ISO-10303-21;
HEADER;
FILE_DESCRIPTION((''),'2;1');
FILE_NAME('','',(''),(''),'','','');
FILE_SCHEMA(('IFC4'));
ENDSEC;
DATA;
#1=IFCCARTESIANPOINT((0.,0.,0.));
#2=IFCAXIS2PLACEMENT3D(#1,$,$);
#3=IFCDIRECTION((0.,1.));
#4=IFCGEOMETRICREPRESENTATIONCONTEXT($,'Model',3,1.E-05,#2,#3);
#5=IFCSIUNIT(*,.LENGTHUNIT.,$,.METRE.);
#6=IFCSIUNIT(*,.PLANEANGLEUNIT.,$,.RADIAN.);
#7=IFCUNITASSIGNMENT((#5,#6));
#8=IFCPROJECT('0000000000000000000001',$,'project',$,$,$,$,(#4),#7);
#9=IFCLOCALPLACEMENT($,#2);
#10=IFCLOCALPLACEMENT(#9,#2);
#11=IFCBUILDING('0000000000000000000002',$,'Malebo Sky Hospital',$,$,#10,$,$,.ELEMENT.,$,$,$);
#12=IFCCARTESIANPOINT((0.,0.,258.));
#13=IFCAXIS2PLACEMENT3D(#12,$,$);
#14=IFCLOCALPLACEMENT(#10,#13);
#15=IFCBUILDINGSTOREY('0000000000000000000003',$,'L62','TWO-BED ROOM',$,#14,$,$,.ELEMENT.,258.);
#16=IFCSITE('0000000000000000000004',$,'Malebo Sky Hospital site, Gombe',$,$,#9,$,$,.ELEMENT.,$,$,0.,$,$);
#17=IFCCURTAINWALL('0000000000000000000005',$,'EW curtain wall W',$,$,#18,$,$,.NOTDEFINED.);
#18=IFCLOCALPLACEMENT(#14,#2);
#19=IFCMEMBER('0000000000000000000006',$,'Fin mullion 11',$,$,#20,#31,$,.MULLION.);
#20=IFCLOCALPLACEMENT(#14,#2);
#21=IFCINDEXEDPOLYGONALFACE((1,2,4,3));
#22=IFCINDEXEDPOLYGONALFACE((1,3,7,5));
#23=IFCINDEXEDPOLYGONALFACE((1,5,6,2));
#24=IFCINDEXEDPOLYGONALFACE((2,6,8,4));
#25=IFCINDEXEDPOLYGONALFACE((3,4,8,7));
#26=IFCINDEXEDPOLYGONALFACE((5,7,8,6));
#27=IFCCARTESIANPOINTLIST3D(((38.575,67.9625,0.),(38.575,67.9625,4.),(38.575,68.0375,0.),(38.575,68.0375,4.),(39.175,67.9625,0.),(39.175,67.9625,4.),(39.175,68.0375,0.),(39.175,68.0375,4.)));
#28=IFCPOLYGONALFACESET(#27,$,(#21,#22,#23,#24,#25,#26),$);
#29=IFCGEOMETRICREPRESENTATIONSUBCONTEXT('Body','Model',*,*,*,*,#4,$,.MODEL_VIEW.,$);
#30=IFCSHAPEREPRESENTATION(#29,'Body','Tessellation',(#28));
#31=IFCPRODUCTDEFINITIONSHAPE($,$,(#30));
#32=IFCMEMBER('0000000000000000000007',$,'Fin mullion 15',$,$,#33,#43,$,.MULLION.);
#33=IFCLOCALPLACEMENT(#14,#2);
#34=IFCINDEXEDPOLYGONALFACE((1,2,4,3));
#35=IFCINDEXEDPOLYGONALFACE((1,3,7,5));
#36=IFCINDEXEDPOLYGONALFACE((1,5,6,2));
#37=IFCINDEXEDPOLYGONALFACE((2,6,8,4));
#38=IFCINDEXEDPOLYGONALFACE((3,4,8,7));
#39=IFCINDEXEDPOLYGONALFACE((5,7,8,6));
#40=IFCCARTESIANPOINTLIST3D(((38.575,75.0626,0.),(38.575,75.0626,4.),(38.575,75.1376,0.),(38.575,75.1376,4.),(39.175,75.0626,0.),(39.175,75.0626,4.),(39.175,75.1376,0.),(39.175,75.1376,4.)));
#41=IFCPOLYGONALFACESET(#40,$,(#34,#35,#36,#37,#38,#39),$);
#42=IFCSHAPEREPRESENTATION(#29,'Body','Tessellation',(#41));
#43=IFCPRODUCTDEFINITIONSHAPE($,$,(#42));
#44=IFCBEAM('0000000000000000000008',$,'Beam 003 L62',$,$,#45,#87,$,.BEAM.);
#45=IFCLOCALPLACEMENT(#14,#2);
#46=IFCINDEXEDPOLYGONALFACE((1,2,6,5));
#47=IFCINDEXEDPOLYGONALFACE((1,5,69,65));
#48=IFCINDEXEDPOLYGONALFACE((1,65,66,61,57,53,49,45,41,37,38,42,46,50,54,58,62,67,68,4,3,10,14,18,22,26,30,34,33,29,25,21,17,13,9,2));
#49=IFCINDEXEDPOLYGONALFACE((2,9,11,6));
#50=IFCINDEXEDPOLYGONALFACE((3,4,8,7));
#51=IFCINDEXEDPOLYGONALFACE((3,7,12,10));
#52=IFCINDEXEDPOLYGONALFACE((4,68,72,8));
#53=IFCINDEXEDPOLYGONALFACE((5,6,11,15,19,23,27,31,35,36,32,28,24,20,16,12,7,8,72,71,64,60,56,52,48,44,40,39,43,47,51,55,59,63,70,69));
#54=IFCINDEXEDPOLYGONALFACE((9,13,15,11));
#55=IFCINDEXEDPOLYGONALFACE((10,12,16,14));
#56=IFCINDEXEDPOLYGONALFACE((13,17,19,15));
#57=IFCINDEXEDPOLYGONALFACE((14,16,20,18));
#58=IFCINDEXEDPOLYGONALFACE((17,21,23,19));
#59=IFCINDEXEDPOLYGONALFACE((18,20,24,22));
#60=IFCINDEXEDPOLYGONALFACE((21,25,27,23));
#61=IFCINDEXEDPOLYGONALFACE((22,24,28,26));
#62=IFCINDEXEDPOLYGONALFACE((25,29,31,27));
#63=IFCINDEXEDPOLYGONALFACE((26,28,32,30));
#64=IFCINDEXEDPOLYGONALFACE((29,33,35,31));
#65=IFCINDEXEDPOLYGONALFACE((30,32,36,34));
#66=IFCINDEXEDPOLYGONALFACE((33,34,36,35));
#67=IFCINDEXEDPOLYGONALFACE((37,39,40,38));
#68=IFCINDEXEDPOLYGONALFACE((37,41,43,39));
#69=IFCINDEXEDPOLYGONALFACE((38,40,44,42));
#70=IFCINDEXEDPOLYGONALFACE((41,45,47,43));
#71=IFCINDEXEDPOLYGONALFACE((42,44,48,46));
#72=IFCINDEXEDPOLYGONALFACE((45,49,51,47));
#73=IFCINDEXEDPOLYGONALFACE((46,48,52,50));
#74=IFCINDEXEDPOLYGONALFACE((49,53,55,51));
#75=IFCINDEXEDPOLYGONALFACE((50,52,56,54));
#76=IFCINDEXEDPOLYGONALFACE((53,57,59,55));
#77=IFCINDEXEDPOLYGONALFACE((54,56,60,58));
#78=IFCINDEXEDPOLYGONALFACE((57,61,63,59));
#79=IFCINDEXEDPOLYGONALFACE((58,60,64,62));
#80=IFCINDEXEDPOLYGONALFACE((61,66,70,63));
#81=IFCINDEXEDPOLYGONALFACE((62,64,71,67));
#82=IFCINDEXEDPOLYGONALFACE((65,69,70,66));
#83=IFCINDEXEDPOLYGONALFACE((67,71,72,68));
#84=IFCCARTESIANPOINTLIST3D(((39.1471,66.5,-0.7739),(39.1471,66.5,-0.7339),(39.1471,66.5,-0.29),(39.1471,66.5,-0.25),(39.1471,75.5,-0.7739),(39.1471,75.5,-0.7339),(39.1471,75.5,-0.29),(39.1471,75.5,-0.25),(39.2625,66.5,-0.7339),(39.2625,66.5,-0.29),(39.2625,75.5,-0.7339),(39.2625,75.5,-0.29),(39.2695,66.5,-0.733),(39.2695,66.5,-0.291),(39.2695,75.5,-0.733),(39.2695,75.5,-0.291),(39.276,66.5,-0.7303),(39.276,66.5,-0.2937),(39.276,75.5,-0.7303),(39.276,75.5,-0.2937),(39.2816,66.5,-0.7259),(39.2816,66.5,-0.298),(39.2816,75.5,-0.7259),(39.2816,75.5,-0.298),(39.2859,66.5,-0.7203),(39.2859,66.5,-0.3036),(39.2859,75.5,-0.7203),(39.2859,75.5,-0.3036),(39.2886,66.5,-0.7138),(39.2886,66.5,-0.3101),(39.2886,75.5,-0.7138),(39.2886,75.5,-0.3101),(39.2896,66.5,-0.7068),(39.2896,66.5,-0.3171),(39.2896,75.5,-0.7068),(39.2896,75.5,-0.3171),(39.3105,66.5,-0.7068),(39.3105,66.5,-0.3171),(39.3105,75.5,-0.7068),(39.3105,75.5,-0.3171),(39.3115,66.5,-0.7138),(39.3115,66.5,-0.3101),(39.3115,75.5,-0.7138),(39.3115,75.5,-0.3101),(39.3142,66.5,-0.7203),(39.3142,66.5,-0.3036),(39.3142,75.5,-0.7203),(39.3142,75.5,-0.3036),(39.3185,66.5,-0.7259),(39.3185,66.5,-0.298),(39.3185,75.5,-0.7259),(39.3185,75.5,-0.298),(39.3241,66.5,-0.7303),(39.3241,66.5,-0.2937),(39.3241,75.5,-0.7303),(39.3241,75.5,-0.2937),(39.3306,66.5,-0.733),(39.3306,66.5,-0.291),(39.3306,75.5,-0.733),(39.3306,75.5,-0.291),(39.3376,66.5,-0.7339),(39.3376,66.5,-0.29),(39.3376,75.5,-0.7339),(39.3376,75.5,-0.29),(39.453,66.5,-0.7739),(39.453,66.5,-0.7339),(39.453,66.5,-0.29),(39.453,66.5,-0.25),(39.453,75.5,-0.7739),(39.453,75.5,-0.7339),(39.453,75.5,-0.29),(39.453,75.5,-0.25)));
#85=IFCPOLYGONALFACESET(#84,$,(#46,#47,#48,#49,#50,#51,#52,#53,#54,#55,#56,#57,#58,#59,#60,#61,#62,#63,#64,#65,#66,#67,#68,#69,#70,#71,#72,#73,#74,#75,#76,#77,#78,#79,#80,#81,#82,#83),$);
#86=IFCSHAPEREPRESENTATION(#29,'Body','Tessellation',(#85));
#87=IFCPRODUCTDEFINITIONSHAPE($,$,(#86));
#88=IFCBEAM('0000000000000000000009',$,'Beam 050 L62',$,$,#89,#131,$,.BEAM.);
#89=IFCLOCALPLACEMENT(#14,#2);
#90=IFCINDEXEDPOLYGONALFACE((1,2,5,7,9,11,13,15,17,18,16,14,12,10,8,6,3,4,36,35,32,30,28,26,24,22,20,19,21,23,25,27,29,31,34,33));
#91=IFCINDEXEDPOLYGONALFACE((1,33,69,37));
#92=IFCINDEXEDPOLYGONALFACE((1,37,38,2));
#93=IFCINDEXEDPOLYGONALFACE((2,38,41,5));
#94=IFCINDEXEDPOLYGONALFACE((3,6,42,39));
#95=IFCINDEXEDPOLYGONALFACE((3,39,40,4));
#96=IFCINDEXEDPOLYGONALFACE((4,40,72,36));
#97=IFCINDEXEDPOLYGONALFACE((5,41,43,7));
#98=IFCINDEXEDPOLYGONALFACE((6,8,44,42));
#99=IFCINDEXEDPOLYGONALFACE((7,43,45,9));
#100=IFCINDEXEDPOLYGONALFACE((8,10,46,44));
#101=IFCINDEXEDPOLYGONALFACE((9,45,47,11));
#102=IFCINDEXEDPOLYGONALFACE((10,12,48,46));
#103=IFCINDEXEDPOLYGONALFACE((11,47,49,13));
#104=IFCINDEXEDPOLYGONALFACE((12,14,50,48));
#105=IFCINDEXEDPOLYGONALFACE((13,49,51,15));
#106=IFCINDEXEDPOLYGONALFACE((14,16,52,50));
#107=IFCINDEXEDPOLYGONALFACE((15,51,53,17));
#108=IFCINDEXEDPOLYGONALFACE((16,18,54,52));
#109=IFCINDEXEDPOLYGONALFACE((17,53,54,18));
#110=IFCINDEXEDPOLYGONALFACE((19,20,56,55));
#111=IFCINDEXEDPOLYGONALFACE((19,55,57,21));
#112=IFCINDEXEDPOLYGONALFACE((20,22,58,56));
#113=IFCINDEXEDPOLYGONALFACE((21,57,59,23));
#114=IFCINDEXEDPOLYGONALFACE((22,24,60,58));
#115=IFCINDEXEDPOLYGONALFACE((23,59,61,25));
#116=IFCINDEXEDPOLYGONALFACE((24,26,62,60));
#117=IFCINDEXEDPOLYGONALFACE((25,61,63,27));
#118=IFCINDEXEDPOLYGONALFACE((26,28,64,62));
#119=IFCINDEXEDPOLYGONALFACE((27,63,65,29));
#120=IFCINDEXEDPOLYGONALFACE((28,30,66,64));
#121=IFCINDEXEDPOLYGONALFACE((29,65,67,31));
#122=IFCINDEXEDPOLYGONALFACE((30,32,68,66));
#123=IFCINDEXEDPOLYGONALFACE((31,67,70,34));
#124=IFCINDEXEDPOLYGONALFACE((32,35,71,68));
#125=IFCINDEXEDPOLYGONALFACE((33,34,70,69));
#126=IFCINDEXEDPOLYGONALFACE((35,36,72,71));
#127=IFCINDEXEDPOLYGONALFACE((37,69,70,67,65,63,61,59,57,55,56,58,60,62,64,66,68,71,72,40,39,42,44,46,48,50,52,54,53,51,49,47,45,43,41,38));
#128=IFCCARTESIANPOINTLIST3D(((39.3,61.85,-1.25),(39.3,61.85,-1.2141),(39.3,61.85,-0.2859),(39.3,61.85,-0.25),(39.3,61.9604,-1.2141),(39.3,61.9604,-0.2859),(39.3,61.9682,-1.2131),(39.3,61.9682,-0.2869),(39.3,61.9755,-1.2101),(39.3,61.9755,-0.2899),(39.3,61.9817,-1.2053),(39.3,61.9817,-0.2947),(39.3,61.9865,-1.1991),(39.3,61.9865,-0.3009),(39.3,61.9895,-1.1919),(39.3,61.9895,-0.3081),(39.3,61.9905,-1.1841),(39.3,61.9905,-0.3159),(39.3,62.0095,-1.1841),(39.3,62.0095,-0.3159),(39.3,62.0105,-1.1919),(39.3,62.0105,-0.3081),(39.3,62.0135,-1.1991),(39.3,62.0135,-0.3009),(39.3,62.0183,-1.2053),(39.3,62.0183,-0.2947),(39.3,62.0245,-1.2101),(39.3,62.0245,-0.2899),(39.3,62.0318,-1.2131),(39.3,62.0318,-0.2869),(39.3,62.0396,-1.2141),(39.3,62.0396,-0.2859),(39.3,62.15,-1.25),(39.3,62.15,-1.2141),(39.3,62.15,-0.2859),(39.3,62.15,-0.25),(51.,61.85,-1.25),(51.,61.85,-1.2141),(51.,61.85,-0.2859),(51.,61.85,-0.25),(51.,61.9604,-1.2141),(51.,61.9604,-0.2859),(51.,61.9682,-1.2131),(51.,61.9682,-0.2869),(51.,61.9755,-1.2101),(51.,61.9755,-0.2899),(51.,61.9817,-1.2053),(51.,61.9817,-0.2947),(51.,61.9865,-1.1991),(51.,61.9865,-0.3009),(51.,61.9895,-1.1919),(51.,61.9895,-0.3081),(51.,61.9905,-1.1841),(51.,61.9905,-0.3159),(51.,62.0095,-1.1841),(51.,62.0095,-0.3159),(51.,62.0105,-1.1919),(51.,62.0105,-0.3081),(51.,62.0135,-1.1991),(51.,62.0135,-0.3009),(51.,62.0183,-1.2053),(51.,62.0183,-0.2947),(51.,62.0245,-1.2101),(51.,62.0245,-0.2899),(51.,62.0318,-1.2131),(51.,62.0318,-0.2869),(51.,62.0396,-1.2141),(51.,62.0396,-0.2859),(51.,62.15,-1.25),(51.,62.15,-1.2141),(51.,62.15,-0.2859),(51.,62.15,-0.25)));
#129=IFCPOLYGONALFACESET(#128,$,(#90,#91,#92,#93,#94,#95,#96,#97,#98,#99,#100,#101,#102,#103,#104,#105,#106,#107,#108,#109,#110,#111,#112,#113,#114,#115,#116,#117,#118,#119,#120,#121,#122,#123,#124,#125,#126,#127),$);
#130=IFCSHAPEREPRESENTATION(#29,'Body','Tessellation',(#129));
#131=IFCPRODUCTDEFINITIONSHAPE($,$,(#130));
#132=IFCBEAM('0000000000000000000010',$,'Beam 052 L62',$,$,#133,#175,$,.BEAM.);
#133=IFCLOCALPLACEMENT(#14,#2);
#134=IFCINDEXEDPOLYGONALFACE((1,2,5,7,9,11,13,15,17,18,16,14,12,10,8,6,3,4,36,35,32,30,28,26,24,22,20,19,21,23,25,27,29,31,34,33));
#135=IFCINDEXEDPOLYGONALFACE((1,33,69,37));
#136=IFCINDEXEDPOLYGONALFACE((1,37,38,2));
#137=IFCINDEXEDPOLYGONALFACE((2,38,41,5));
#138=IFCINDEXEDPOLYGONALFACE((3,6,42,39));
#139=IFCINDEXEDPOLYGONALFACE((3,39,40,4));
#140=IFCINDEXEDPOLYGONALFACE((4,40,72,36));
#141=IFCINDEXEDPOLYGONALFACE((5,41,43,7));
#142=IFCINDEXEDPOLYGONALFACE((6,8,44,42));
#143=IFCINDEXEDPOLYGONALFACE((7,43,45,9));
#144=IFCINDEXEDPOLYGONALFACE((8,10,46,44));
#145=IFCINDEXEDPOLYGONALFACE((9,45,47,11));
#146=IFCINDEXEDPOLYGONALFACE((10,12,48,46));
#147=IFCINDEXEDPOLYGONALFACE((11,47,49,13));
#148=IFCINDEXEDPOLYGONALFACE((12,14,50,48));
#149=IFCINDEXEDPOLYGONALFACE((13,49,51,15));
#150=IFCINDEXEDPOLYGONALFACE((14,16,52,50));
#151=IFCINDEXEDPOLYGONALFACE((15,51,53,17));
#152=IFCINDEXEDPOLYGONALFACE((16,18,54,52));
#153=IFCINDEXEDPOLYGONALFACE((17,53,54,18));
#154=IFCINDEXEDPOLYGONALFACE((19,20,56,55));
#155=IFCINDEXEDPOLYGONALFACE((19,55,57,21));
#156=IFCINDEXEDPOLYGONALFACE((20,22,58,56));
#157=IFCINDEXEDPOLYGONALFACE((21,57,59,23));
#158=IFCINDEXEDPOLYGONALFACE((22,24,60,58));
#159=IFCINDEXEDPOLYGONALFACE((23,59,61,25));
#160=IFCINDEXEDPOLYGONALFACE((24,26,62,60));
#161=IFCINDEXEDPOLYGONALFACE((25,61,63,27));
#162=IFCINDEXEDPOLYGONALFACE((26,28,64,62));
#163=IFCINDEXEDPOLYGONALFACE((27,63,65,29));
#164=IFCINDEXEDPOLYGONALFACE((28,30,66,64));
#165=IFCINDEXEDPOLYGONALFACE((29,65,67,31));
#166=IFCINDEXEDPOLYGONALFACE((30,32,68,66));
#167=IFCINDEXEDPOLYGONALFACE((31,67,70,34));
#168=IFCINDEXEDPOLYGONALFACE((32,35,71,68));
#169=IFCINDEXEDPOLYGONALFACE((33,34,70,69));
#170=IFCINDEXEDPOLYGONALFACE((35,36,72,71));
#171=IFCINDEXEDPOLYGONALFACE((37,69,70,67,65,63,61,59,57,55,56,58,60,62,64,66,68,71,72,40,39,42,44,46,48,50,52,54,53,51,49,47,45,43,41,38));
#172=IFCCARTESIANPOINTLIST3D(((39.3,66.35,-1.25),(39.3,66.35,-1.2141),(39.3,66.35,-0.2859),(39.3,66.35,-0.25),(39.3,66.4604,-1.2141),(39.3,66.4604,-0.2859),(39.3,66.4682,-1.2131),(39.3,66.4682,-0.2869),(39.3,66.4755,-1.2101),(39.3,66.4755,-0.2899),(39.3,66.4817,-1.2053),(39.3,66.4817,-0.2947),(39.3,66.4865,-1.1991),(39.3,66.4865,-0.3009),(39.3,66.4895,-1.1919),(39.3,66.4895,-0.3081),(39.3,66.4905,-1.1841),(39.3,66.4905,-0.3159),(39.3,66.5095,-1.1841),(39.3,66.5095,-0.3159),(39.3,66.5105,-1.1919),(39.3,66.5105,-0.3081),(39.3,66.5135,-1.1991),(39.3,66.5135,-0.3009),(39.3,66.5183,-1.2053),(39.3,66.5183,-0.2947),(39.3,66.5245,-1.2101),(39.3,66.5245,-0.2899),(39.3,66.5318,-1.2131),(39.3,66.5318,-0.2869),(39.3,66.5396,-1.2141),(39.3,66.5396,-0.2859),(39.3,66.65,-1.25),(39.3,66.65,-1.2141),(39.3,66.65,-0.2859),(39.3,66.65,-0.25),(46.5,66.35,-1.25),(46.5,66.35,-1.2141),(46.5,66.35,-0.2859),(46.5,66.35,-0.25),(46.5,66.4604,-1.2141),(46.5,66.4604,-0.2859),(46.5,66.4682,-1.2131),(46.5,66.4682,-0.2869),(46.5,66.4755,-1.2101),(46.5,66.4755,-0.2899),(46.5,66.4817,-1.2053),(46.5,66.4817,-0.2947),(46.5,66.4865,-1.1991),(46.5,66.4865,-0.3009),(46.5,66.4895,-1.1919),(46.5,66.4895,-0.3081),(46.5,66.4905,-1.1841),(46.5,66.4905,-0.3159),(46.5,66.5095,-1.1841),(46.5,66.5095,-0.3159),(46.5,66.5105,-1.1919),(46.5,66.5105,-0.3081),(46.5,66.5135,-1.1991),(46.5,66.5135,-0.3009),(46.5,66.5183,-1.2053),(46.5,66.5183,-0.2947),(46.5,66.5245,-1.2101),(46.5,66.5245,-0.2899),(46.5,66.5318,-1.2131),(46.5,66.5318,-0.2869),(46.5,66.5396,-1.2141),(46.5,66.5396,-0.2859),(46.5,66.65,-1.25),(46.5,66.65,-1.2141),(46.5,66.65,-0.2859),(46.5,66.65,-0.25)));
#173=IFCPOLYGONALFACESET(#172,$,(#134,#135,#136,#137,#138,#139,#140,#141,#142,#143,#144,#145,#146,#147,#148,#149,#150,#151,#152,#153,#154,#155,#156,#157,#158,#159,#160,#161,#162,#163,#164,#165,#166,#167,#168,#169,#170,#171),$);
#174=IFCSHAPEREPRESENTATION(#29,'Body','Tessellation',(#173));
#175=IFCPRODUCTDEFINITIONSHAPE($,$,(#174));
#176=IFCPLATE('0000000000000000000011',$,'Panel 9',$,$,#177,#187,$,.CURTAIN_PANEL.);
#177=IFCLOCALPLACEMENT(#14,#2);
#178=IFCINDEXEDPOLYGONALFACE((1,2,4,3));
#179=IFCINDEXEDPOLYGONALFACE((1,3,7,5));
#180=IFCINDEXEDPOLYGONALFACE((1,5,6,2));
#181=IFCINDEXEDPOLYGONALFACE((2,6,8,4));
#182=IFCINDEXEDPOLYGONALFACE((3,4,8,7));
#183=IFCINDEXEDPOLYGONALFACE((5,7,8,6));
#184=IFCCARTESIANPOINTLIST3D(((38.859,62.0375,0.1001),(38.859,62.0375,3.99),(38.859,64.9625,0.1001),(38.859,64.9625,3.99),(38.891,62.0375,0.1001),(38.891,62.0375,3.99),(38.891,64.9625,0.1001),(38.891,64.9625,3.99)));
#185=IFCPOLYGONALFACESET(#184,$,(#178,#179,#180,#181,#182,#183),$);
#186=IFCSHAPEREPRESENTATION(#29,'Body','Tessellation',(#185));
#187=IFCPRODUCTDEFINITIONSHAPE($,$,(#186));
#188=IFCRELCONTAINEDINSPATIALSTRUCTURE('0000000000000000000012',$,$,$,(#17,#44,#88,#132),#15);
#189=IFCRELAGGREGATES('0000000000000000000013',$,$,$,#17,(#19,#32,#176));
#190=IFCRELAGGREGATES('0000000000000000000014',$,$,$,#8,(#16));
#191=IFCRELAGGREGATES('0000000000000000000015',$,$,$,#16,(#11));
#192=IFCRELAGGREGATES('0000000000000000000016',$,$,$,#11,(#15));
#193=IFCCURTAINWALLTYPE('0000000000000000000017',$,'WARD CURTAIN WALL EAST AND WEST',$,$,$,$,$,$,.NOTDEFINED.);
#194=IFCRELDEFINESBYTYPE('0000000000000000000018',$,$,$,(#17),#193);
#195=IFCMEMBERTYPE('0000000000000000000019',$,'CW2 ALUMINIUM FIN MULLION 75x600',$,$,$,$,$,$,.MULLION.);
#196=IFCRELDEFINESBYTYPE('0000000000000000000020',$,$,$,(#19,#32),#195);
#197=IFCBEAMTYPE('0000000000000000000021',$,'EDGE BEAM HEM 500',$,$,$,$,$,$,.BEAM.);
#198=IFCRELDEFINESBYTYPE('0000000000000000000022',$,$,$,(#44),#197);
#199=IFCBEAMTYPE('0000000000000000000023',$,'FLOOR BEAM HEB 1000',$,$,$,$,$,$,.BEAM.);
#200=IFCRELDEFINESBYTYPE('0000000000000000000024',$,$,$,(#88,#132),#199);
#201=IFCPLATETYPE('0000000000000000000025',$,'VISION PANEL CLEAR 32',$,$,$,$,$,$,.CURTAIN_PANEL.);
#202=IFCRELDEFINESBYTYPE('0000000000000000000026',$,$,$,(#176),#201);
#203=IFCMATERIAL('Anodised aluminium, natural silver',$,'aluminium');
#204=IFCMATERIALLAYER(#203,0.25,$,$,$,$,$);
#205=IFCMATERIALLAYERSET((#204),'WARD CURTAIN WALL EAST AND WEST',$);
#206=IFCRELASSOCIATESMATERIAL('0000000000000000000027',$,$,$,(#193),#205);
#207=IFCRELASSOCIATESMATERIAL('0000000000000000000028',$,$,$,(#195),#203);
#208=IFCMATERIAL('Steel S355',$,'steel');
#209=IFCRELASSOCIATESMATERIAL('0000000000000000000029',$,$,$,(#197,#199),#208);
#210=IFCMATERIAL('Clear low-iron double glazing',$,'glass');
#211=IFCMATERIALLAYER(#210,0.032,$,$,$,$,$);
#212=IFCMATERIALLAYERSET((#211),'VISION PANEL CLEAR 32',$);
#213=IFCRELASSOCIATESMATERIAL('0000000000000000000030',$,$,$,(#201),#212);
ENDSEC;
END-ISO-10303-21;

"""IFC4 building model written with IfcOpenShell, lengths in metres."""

from ifc_helpers import new_model, si_unit, direction, frame, origin, origin_2d, place, context, subcontext, project, spatial, rectangle, i_section, extrude, material, layer, layer_set, material_profile, profile_set, type_object, element, aggregate, save


model = new_model("IFC4")

# Units and contexts
model_context = context("Model", 3, precision=1e-05, world=origin(), true_north=direction((0.0, 1.0)))
body_context = subcontext(model_context, "Body", "Model", "MODEL_VIEW")
ifc_project = project(units=[si_unit("LENGTHUNIT", "METRE"), si_unit("PLANEANGLEUNIT", "RADIAN")], contexts=[model_context])

# Site, building, storey
site_placement = place(None, origin())
site = spatial("IfcSite", under=ifc_project, at=site_placement, Name="Malebo Sky Hospital site, Gombe", CompositionType="ELEMENT", RefElevation=0.0)
building_placement = place(site_placement, origin())
building = spatial("IfcBuilding", under=site, at=building_placement, Name="Malebo Sky Hospital", CompositionType="ELEMENT")
storey_placement = place(building_placement, frame((0.0, 0.0, 258.0)))
storey = spatial("IfcBuildingStorey", under=building, at=storey_placement, Name="L62", Description="TWO-BED ROOM", CompositionType="ELEMENT", Elevation=258.0)

# Curtain wall
ifc_material_1 = material(Name="Anodised aluminium, natural silver", Category="aluminium")
ifc_layer_1 = layer(ifc_material_1, 0.25)
ifc_layer_set_1 = layer_set([ifc_layer_1], Name="WARD CURTAIN WALL EAST AND WEST")
curtain_wall_type = type_object("IfcCurtainWallType", Name="WARD CURTAIN WALL EAST AND WEST", PredefinedType="NOTDEFINED", material=ifc_layer_set_1)
curtain_wall_placement = place(storey_placement, origin())
curtain_wall = element("IfcCurtainWall", 1, at=curtain_wall_placement, inside=storey, type_object=curtain_wall_type, Name="EW curtain wall W", PredefinedType="NOTDEFINED")

# Members
ifc_material_2 = material(Name="Steel S355", Category="steel")
ifc_material_profile_1 = material_profile(ifc_material_1, rectangle(XDim=0.075, YDim=0.6001, at=origin_2d()), Name="CW2 ALUMINIUM FIN MULLION 75x600")
ifc_profile_set_1 = profile_set([ifc_material_profile_1], Name="Anodised aluminium, natural silver")
member_type_1 = type_object("IfcMemberType", Name="CW2 ALUMINIUM FIN MULLION 75x600", PredefinedType="MULLION", material=ifc_profile_set_1)
member_1_placement = place(storey_placement, frame((38.875, 68.0, 0.0), z_axis=(0.0, 0.0, 1.0), x_axis=(0.0, 1.0, 0.0)))
member_1 = element("IfcMember", 2, at=member_1_placement, type_object=member_type_1, Name="Fin mullion 11", PredefinedType="MULLION", context=body_context, shape_type="SweptSolid", body=[
    extrude(rectangle(XDim=0.075, YDim=0.6001, at=origin_2d()), origin(), (0.0, 0.0, 1.0), 4.0),
])
member_2_placement = place(storey_placement, frame((38.875, 75.1001, 0.0), z_axis=(0.0, 0.0, 1.0), x_axis=(0.0, 1.0, 0.0)))
member_2 = element("IfcMember", 3, at=member_2_placement, type_object=member_type_1, Name="Fin mullion 15", PredefinedType="MULLION", context=body_context, shape_type="SweptSolid", body=[
    extrude(rectangle(XDim=0.075, YDim=0.6001, at=origin_2d()), origin(), (0.0, 0.0, 1.0), 4.0),
])

# Beams
ifc_material_profile_2 = material_profile(ifc_material_2, i_section(OverallWidth=0.3059, OverallDepth=0.5239, WebThickness=0.021, FlangeThickness=0.04, FilletRadius=0.0271, at=origin_2d()), Name="HEM 500")
ifc_profile_set_2 = profile_set([ifc_material_profile_2], Name="Steel S355")
beam_type_1 = type_object("IfcBeamType", Name="EDGE BEAM HEM 500", PredefinedType="BEAM", material=ifc_profile_set_2)
beam_1_placement = place(storey_placement, frame((39.3, 66.5, -0.512), z_axis=(0.0, 1.0, 0.0), x_axis=(-1.0, 0.0, 0.0)))
element("IfcBeam", 4, at=beam_1_placement, inside=storey, type_object=beam_type_1, Name="Beam 003 L62", PredefinedType="BEAM", context=body_context, shape_type="SweptSolid", body=[
    extrude(i_section(OverallWidth=0.3059, OverallDepth=0.5239, WebThickness=0.021, FlangeThickness=0.04, FilletRadius=0.0271, at=origin_2d()), origin(), (0.0, 0.0, 1.0), 9.0),
])
ifc_material_profile_3 = material_profile(ifc_material_2, i_section(OverallWidth=0.3, OverallDepth=1.0, WebThickness=0.019, FlangeThickness=0.0359, FilletRadius=0.03, at=origin_2d()), Name="HEB 1000")
ifc_profile_set_3 = profile_set([ifc_material_profile_3], Name="Steel S355")
beam_type_2 = type_object("IfcBeamType", Name="FLOOR BEAM HEB 1000", PredefinedType="BEAM", material=ifc_profile_set_3)
beam_2_placement = place(storey_placement, frame((39.3, 62.0, -0.75), z_axis=(1.0, 0.0, 0.0), x_axis=(0.0, 1.0, 0.0)))
element("IfcBeam", 5, at=beam_2_placement, inside=storey, type_object=beam_type_2, Name="Beam 050 L62", PredefinedType="BEAM", context=body_context, shape_type="SweptSolid", body=[
    extrude(i_section(OverallWidth=0.3, OverallDepth=1.0, WebThickness=0.019, FlangeThickness=0.0359, FilletRadius=0.03, at=origin_2d()), origin(), (0.0, 0.0, 1.0), 11.7),
])
beam_3_placement = place(storey_placement, frame((39.3, 66.5, -0.75), z_axis=(1.0, 0.0, 0.0), x_axis=(0.0, 1.0, 0.0)))
element("IfcBeam", 6, at=beam_3_placement, inside=storey, type_object=beam_type_2, Name="Beam 052 L62", PredefinedType="BEAM", context=body_context, shape_type="SweptSolid", body=[
    extrude(i_section(OverallWidth=0.3, OverallDepth=1.0, WebThickness=0.019, FlangeThickness=0.0359, FilletRadius=0.03, at=origin_2d()), origin(), (0.0, 0.0, 1.0), 7.2),
])

# Plate
ifc_material_3 = material(Name="Clear low-iron double glazing", Category="glass")
ifc_layer_2 = layer(ifc_material_3, 0.032)
ifc_layer_set_2 = layer_set([ifc_layer_2], Name="VISION PANEL CLEAR 32")
plate_type = type_object("IfcPlateType", Name="VISION PANEL CLEAR 32", PredefinedType="CURTAIN_PANEL", material=ifc_layer_set_2)
plate_1_placement = place(storey_placement, frame((38.875, 63.5, 0.1001), z_axis=(0.0, 0.0, 1.0), x_axis=(0.0, 1.0, 0.0)))
plate_1 = element("IfcPlate", 7, at=plate_1_placement, type_object=plate_type, Name="Panel 9", PredefinedType="CURTAIN_PANEL", context=body_context, shape_type="SweptSolid", body=[
    extrude(rectangle(XDim=2.925, YDim=0.032, at=origin_2d()), origin(), (0.0, 0.0, 1.0), 3.8899),
])
aggregate(curtain_wall, [member_1, member_2, plate_1])

save(model, "model.ifc")
